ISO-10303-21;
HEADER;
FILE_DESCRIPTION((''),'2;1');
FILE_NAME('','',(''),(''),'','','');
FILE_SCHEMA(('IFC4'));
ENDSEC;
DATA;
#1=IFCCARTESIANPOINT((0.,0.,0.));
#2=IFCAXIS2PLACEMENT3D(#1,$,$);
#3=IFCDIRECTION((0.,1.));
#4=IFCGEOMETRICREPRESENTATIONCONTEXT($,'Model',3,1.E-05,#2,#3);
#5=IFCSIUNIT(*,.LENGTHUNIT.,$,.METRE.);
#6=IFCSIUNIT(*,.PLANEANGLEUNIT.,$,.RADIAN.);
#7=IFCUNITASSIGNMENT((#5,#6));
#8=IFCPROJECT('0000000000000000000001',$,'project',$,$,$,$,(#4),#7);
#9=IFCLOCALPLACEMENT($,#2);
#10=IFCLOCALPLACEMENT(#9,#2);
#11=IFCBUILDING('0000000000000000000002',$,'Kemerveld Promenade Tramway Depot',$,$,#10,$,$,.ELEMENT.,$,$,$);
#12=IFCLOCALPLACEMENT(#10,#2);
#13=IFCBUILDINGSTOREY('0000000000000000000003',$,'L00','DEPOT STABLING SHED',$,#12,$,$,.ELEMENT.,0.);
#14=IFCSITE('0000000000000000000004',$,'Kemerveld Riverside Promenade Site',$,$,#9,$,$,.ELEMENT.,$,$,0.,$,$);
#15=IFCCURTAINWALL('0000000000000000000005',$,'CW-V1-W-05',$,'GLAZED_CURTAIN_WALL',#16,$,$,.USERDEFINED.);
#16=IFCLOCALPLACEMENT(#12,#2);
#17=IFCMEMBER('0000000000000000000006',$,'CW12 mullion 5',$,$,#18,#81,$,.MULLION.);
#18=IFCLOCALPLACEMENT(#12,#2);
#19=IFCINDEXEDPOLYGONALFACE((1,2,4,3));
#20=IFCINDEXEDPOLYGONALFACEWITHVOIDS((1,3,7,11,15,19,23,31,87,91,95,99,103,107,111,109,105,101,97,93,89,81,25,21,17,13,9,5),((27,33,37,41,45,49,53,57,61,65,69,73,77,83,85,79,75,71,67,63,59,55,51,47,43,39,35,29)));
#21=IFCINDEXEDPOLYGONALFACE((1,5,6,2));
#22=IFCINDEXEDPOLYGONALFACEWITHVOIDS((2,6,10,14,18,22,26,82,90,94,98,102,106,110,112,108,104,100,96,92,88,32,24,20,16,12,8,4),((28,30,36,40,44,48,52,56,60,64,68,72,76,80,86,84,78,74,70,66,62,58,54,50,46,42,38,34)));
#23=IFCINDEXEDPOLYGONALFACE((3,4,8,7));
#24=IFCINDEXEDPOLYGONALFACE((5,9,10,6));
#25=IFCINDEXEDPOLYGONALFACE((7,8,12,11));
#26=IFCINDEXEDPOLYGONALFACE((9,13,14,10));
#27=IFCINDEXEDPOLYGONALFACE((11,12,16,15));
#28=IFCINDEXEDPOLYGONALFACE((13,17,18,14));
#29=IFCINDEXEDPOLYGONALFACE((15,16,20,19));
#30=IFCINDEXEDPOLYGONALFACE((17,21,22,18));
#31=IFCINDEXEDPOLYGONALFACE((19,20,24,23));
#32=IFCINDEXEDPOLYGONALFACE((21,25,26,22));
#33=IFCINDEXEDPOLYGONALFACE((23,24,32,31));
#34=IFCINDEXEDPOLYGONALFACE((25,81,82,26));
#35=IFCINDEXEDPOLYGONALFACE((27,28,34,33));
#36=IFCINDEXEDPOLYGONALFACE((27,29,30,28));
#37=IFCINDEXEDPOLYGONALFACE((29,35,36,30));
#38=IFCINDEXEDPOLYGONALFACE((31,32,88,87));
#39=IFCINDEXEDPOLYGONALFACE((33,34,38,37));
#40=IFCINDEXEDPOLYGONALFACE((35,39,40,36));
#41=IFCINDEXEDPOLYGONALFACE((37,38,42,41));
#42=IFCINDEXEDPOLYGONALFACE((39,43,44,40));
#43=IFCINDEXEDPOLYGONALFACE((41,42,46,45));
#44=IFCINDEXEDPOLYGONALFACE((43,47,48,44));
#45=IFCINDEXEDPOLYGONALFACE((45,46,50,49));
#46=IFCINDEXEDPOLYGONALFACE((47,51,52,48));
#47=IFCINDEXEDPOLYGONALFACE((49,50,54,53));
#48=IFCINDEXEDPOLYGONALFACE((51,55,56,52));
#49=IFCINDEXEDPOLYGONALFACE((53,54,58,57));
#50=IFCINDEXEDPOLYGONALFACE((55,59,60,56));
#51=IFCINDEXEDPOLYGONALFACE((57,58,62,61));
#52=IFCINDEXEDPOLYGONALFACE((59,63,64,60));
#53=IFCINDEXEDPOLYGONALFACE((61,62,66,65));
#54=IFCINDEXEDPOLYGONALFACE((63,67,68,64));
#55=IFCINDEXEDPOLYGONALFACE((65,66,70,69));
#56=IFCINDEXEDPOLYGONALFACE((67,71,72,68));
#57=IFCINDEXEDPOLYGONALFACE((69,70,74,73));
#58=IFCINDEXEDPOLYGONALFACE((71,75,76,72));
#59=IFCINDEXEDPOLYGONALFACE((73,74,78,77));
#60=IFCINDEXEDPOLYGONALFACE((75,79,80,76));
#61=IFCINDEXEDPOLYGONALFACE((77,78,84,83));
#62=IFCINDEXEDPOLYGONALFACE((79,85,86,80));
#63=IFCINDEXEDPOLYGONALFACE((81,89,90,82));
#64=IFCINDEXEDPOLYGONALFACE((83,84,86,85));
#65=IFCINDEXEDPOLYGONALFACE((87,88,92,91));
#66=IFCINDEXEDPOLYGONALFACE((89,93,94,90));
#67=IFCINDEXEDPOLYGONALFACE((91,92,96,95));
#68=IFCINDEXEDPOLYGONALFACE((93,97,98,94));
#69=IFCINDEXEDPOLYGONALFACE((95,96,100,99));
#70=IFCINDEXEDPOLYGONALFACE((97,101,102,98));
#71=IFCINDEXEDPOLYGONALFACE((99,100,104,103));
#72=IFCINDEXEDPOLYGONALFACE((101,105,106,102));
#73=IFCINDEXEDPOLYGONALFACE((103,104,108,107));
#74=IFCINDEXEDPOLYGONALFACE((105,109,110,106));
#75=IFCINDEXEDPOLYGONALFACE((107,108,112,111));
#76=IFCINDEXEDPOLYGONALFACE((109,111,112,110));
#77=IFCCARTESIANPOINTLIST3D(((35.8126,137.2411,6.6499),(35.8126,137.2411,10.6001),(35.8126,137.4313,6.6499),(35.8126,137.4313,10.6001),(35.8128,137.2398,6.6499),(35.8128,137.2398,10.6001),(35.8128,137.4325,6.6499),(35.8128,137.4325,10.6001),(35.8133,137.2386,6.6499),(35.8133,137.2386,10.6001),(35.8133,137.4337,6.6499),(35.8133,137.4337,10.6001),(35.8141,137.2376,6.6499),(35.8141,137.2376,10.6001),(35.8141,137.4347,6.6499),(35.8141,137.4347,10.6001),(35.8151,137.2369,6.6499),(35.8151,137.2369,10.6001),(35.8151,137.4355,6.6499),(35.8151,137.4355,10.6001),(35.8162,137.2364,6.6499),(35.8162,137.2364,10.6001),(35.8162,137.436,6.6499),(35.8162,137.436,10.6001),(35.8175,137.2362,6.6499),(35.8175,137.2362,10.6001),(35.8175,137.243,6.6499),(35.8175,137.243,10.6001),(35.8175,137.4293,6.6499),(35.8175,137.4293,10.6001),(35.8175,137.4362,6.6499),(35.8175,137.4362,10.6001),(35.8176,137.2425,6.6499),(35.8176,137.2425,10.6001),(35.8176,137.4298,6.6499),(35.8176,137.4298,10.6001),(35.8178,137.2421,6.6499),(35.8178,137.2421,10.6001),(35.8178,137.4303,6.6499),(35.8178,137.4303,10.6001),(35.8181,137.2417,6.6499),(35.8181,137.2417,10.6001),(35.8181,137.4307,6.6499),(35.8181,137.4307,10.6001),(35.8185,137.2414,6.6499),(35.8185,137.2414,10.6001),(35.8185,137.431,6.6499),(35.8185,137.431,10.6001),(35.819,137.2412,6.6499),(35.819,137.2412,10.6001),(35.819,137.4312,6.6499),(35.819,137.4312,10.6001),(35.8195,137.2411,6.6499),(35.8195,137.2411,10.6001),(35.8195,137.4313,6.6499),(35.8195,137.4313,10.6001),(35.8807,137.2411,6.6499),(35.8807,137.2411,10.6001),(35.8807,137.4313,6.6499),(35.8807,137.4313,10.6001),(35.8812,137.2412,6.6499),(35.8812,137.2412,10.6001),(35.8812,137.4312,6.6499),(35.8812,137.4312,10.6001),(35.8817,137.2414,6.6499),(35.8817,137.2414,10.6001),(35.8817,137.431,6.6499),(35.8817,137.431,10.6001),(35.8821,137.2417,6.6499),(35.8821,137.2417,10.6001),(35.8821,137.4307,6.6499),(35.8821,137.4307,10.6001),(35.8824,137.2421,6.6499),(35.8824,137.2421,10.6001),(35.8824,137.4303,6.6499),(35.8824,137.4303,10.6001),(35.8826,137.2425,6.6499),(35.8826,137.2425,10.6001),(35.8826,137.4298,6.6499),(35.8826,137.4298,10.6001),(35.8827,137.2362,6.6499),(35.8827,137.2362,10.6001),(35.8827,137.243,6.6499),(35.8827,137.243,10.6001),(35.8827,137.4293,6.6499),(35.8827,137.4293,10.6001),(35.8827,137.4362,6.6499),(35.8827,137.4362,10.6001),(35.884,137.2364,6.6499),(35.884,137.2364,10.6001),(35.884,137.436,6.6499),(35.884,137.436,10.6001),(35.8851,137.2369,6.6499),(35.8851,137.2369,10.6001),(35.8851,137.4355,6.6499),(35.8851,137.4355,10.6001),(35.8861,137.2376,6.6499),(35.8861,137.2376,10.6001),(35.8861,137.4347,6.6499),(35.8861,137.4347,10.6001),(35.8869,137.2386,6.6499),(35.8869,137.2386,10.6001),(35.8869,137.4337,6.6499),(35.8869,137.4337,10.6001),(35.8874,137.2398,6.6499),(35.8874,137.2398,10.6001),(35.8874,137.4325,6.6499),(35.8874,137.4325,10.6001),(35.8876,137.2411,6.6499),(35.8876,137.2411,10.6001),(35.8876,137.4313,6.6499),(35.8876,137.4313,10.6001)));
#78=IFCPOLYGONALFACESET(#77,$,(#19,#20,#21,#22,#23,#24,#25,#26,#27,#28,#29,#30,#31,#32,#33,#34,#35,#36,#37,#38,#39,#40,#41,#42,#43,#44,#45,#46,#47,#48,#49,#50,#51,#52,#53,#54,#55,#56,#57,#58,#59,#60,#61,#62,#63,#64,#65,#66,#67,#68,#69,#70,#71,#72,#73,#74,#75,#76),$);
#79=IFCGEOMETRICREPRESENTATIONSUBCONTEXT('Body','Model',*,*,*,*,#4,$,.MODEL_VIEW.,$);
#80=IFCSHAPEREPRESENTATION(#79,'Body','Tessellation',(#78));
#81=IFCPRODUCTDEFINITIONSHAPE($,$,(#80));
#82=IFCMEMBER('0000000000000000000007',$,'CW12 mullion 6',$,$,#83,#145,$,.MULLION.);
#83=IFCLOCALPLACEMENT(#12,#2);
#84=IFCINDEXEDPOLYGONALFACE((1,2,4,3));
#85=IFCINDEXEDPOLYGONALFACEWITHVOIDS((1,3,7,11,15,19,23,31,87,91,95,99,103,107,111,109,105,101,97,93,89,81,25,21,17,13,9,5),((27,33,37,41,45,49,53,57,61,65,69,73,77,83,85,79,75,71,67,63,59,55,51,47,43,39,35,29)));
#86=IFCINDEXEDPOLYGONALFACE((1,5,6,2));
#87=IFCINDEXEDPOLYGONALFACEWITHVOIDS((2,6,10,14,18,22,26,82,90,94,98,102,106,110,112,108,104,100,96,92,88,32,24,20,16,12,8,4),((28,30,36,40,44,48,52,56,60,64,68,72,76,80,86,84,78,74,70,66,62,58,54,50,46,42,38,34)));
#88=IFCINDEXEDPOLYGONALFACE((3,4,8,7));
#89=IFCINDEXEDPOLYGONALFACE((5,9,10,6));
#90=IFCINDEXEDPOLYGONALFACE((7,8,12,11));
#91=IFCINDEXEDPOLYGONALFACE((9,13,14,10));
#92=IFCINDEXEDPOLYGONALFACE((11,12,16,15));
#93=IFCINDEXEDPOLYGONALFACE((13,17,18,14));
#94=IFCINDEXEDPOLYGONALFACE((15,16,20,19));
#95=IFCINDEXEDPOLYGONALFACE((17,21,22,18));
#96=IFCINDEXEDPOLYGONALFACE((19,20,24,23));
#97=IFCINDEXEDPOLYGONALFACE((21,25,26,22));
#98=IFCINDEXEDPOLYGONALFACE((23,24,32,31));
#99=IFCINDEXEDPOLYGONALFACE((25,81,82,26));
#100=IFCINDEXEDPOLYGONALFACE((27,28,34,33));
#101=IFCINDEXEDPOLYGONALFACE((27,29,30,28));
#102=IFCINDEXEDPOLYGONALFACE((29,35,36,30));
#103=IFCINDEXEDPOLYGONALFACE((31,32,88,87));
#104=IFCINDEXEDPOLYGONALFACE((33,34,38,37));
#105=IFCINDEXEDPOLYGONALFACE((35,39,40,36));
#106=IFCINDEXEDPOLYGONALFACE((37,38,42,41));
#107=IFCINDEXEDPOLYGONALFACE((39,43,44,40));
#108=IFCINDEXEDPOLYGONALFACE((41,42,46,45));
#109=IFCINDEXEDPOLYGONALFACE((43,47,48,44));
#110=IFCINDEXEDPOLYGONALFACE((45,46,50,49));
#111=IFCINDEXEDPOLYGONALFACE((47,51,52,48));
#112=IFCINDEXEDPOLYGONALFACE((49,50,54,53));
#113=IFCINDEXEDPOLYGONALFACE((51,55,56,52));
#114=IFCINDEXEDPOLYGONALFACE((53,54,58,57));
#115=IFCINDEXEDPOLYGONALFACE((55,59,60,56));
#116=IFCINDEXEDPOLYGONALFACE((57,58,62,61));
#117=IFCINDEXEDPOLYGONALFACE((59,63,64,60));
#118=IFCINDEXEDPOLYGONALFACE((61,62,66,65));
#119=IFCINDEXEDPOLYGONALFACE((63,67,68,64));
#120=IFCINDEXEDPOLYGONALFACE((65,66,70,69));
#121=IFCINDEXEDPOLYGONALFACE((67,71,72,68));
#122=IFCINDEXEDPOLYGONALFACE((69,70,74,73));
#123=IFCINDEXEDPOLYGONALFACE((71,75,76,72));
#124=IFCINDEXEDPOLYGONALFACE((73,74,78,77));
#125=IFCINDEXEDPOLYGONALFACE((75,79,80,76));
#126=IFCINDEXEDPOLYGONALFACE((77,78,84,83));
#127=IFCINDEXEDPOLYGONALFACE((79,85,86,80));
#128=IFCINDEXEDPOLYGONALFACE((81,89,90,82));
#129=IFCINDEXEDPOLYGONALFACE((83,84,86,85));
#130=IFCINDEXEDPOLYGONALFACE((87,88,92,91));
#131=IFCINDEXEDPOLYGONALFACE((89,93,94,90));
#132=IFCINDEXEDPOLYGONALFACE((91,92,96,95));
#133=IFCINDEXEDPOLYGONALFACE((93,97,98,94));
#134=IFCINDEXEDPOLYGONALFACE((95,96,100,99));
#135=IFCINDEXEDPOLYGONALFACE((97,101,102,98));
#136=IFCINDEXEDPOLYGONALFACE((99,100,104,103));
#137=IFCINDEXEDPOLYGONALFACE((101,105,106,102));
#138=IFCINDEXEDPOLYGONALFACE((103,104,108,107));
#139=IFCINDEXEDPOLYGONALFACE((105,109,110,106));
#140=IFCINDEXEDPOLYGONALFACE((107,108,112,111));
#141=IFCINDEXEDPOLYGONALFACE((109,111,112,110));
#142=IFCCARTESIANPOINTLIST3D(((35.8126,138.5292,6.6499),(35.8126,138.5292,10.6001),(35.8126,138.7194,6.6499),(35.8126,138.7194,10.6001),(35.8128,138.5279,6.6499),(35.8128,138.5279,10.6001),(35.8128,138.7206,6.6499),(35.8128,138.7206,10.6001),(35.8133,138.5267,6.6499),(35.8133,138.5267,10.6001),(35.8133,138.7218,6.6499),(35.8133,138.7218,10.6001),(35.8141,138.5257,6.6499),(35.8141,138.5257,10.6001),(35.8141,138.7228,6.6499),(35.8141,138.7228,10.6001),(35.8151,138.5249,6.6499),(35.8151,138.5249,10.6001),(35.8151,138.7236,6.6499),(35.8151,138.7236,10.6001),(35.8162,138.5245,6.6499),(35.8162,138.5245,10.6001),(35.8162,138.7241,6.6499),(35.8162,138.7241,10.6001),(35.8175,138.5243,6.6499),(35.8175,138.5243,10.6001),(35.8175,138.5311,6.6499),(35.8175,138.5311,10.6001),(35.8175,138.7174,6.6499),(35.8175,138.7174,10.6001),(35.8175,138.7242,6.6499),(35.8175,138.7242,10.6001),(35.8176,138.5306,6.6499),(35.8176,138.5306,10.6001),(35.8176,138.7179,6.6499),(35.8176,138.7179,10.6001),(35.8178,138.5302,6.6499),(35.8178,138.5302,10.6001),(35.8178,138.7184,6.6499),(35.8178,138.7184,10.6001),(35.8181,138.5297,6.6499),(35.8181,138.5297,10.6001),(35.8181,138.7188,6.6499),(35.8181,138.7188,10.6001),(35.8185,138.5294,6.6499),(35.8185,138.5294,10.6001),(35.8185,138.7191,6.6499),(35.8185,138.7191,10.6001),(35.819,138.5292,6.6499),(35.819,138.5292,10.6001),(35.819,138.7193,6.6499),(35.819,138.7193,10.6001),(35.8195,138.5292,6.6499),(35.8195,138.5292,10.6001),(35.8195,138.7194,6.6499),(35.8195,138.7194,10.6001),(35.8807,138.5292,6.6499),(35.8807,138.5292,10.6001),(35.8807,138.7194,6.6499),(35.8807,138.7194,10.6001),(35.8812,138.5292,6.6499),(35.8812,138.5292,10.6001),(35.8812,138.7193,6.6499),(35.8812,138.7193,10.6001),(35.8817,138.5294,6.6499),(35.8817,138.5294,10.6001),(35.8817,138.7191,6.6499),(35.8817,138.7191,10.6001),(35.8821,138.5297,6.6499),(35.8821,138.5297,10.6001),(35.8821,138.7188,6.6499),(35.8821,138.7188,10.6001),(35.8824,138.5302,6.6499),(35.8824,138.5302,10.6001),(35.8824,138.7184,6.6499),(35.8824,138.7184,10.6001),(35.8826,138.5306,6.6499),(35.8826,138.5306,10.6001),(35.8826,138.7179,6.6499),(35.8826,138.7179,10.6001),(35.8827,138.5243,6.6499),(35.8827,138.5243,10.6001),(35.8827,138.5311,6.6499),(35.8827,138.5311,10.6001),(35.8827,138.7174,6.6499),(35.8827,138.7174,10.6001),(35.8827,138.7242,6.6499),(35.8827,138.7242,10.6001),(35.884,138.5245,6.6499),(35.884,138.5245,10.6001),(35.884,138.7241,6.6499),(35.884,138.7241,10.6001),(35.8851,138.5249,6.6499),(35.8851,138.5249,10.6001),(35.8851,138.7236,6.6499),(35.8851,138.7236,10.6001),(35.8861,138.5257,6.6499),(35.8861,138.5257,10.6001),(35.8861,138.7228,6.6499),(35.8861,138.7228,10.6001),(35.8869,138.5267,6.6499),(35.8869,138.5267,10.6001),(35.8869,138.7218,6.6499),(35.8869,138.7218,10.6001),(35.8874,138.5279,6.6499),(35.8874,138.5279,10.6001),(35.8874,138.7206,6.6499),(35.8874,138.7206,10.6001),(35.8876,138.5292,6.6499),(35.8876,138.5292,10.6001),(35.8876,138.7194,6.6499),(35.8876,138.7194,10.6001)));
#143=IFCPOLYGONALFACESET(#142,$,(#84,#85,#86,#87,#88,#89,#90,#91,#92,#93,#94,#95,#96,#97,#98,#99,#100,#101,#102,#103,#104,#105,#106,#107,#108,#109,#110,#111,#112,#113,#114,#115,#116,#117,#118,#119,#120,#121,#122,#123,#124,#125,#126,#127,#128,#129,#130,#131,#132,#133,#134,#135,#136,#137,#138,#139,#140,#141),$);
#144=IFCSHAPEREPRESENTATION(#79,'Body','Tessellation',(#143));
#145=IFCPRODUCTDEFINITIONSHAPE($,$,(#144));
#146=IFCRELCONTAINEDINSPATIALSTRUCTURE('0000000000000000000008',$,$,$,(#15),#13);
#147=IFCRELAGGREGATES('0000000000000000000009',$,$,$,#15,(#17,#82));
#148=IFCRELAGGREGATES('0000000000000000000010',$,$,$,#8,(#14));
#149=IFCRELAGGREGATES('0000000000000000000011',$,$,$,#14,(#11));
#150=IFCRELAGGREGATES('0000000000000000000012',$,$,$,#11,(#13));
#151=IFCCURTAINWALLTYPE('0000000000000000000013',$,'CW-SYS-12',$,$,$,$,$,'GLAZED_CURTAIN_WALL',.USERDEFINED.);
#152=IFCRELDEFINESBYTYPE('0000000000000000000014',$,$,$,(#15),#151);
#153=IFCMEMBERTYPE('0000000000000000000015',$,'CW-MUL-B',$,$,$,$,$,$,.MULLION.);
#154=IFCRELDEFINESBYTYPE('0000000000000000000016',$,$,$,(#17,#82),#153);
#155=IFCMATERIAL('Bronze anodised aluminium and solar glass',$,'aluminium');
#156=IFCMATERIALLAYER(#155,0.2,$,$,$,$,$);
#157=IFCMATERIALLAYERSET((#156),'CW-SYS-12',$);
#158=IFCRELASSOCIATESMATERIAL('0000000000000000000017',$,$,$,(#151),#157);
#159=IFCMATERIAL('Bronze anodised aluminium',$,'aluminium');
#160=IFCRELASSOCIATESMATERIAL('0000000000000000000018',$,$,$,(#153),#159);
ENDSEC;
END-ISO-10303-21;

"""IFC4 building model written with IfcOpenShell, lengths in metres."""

from ifc_helpers import new_model, si_unit, direction, frame, origin, origin_2d, place, context, subcontext, project, spatial, hollow_rectangle, extrude, material, layer, layer_set, material_profile, profile_set, type_object, element, aggregate, save


model = new_model("IFC4")

# Units and contexts
model_context = context("Model", 3, precision=1e-05, world=origin(), true_north=direction((0.0, 1.0)))
body_context = subcontext(model_context, "Body", "Model", "MODEL_VIEW")
ifc_project = project(units=[si_unit("LENGTHUNIT", "METRE"), si_unit("PLANEANGLEUNIT", "RADIAN")], contexts=[model_context])

# Site, building, storey
site_placement = place(None, origin())
site = spatial("IfcSite", under=ifc_project, at=site_placement, Name="Kemerveld Riverside Promenade Site", CompositionType="ELEMENT", RefElevation=0.0)
building_placement = place(site_placement, origin())
building = spatial("IfcBuilding", under=site, at=building_placement, Name="Kemerveld Promenade Tramway Depot", CompositionType="ELEMENT")
storey_placement = place(building_placement, origin())
storey = spatial("IfcBuildingStorey", under=building, at=storey_placement, Name="L00", Description="DEPOT STABLING SHED", CompositionType="ELEMENT", Elevation=0.0)

# Curtain wall, members
ifc_material_1 = material(Name="Bronze anodised aluminium and solar glass", Category="aluminium")
ifc_layer_1 = layer(ifc_material_1, 0.2)
ifc_layer_set_1 = layer_set([ifc_layer_1], Name="CW-SYS-12")
curtain_wall_type = type_object("IfcCurtainWallType", Name="CW-SYS-12", ElementType="GLAZED_CURTAIN_WALL", PredefinedType="USERDEFINED", material=ifc_layer_set_1)
curtain_wall_placement = place(storey_placement, origin())
curtain_wall = element("IfcCurtainWall", 1, at=curtain_wall_placement, inside=storey, type_object=curtain_wall_type, Name="CW-V1-W-05", ObjectType="GLAZED_CURTAIN_WALL", PredefinedType="USERDEFINED")
ifc_material_2 = material(Name="Bronze anodised aluminium", Category="aluminium")
ifc_material_profile_1 = material_profile(ifc_material_2, hollow_rectangle(XDim=0.075, YDim=0.2, WallThickness=0.0049, InnerFilletRadius=0.002, OuterFilletRadius=0.0049, at=origin_2d()), Name="CW-MUL-200x75")
ifc_profile_set_1 = profile_set([ifc_material_profile_1], Name="Bronze anodised aluminium")
member_type_1 = type_object("IfcMemberType", Name="CW-MUL-B", PredefinedType="MULLION", material=ifc_profile_set_1)
member_1_placement = place(storey_placement, frame((35.8501, 137.3362, 6.6499), z_axis=(0.0, 0.0, 1.0), x_axis=(-1.0, 0.0, 0.0)))
member_1 = element("IfcMember", 2, at=member_1_placement, type_object=member_type_1, Name="CW12 mullion 5", PredefinedType="MULLION", context=body_context, shape_type="SweptSolid", body=[
    extrude(hollow_rectangle(XDim=0.075, YDim=0.2, WallThickness=0.0049, InnerFilletRadius=0.002, OuterFilletRadius=0.0049, at=origin_2d()), origin(), (0.0, 0.0, 1.0), 3.9502),
])
member_2_placement = place(storey_placement, frame((35.8501, 138.6243, 6.6499), z_axis=(0.0, 0.0, 1.0), x_axis=(-1.0, 0.0, 0.0)))
member_2 = element("IfcMember", 3, at=member_2_placement, type_object=member_type_1, Name="CW12 mullion 6", PredefinedType="MULLION", context=body_context, shape_type="SweptSolid", body=[
    extrude(hollow_rectangle(XDim=0.075, YDim=0.2, WallThickness=0.0049, InnerFilletRadius=0.002, OuterFilletRadius=0.0049, at=origin_2d()), origin(), (0.0, 0.0, 1.0), 3.9502),
])
aggregate(curtain_wall, [member_1, member_2])

save(model, "model.ifc")
